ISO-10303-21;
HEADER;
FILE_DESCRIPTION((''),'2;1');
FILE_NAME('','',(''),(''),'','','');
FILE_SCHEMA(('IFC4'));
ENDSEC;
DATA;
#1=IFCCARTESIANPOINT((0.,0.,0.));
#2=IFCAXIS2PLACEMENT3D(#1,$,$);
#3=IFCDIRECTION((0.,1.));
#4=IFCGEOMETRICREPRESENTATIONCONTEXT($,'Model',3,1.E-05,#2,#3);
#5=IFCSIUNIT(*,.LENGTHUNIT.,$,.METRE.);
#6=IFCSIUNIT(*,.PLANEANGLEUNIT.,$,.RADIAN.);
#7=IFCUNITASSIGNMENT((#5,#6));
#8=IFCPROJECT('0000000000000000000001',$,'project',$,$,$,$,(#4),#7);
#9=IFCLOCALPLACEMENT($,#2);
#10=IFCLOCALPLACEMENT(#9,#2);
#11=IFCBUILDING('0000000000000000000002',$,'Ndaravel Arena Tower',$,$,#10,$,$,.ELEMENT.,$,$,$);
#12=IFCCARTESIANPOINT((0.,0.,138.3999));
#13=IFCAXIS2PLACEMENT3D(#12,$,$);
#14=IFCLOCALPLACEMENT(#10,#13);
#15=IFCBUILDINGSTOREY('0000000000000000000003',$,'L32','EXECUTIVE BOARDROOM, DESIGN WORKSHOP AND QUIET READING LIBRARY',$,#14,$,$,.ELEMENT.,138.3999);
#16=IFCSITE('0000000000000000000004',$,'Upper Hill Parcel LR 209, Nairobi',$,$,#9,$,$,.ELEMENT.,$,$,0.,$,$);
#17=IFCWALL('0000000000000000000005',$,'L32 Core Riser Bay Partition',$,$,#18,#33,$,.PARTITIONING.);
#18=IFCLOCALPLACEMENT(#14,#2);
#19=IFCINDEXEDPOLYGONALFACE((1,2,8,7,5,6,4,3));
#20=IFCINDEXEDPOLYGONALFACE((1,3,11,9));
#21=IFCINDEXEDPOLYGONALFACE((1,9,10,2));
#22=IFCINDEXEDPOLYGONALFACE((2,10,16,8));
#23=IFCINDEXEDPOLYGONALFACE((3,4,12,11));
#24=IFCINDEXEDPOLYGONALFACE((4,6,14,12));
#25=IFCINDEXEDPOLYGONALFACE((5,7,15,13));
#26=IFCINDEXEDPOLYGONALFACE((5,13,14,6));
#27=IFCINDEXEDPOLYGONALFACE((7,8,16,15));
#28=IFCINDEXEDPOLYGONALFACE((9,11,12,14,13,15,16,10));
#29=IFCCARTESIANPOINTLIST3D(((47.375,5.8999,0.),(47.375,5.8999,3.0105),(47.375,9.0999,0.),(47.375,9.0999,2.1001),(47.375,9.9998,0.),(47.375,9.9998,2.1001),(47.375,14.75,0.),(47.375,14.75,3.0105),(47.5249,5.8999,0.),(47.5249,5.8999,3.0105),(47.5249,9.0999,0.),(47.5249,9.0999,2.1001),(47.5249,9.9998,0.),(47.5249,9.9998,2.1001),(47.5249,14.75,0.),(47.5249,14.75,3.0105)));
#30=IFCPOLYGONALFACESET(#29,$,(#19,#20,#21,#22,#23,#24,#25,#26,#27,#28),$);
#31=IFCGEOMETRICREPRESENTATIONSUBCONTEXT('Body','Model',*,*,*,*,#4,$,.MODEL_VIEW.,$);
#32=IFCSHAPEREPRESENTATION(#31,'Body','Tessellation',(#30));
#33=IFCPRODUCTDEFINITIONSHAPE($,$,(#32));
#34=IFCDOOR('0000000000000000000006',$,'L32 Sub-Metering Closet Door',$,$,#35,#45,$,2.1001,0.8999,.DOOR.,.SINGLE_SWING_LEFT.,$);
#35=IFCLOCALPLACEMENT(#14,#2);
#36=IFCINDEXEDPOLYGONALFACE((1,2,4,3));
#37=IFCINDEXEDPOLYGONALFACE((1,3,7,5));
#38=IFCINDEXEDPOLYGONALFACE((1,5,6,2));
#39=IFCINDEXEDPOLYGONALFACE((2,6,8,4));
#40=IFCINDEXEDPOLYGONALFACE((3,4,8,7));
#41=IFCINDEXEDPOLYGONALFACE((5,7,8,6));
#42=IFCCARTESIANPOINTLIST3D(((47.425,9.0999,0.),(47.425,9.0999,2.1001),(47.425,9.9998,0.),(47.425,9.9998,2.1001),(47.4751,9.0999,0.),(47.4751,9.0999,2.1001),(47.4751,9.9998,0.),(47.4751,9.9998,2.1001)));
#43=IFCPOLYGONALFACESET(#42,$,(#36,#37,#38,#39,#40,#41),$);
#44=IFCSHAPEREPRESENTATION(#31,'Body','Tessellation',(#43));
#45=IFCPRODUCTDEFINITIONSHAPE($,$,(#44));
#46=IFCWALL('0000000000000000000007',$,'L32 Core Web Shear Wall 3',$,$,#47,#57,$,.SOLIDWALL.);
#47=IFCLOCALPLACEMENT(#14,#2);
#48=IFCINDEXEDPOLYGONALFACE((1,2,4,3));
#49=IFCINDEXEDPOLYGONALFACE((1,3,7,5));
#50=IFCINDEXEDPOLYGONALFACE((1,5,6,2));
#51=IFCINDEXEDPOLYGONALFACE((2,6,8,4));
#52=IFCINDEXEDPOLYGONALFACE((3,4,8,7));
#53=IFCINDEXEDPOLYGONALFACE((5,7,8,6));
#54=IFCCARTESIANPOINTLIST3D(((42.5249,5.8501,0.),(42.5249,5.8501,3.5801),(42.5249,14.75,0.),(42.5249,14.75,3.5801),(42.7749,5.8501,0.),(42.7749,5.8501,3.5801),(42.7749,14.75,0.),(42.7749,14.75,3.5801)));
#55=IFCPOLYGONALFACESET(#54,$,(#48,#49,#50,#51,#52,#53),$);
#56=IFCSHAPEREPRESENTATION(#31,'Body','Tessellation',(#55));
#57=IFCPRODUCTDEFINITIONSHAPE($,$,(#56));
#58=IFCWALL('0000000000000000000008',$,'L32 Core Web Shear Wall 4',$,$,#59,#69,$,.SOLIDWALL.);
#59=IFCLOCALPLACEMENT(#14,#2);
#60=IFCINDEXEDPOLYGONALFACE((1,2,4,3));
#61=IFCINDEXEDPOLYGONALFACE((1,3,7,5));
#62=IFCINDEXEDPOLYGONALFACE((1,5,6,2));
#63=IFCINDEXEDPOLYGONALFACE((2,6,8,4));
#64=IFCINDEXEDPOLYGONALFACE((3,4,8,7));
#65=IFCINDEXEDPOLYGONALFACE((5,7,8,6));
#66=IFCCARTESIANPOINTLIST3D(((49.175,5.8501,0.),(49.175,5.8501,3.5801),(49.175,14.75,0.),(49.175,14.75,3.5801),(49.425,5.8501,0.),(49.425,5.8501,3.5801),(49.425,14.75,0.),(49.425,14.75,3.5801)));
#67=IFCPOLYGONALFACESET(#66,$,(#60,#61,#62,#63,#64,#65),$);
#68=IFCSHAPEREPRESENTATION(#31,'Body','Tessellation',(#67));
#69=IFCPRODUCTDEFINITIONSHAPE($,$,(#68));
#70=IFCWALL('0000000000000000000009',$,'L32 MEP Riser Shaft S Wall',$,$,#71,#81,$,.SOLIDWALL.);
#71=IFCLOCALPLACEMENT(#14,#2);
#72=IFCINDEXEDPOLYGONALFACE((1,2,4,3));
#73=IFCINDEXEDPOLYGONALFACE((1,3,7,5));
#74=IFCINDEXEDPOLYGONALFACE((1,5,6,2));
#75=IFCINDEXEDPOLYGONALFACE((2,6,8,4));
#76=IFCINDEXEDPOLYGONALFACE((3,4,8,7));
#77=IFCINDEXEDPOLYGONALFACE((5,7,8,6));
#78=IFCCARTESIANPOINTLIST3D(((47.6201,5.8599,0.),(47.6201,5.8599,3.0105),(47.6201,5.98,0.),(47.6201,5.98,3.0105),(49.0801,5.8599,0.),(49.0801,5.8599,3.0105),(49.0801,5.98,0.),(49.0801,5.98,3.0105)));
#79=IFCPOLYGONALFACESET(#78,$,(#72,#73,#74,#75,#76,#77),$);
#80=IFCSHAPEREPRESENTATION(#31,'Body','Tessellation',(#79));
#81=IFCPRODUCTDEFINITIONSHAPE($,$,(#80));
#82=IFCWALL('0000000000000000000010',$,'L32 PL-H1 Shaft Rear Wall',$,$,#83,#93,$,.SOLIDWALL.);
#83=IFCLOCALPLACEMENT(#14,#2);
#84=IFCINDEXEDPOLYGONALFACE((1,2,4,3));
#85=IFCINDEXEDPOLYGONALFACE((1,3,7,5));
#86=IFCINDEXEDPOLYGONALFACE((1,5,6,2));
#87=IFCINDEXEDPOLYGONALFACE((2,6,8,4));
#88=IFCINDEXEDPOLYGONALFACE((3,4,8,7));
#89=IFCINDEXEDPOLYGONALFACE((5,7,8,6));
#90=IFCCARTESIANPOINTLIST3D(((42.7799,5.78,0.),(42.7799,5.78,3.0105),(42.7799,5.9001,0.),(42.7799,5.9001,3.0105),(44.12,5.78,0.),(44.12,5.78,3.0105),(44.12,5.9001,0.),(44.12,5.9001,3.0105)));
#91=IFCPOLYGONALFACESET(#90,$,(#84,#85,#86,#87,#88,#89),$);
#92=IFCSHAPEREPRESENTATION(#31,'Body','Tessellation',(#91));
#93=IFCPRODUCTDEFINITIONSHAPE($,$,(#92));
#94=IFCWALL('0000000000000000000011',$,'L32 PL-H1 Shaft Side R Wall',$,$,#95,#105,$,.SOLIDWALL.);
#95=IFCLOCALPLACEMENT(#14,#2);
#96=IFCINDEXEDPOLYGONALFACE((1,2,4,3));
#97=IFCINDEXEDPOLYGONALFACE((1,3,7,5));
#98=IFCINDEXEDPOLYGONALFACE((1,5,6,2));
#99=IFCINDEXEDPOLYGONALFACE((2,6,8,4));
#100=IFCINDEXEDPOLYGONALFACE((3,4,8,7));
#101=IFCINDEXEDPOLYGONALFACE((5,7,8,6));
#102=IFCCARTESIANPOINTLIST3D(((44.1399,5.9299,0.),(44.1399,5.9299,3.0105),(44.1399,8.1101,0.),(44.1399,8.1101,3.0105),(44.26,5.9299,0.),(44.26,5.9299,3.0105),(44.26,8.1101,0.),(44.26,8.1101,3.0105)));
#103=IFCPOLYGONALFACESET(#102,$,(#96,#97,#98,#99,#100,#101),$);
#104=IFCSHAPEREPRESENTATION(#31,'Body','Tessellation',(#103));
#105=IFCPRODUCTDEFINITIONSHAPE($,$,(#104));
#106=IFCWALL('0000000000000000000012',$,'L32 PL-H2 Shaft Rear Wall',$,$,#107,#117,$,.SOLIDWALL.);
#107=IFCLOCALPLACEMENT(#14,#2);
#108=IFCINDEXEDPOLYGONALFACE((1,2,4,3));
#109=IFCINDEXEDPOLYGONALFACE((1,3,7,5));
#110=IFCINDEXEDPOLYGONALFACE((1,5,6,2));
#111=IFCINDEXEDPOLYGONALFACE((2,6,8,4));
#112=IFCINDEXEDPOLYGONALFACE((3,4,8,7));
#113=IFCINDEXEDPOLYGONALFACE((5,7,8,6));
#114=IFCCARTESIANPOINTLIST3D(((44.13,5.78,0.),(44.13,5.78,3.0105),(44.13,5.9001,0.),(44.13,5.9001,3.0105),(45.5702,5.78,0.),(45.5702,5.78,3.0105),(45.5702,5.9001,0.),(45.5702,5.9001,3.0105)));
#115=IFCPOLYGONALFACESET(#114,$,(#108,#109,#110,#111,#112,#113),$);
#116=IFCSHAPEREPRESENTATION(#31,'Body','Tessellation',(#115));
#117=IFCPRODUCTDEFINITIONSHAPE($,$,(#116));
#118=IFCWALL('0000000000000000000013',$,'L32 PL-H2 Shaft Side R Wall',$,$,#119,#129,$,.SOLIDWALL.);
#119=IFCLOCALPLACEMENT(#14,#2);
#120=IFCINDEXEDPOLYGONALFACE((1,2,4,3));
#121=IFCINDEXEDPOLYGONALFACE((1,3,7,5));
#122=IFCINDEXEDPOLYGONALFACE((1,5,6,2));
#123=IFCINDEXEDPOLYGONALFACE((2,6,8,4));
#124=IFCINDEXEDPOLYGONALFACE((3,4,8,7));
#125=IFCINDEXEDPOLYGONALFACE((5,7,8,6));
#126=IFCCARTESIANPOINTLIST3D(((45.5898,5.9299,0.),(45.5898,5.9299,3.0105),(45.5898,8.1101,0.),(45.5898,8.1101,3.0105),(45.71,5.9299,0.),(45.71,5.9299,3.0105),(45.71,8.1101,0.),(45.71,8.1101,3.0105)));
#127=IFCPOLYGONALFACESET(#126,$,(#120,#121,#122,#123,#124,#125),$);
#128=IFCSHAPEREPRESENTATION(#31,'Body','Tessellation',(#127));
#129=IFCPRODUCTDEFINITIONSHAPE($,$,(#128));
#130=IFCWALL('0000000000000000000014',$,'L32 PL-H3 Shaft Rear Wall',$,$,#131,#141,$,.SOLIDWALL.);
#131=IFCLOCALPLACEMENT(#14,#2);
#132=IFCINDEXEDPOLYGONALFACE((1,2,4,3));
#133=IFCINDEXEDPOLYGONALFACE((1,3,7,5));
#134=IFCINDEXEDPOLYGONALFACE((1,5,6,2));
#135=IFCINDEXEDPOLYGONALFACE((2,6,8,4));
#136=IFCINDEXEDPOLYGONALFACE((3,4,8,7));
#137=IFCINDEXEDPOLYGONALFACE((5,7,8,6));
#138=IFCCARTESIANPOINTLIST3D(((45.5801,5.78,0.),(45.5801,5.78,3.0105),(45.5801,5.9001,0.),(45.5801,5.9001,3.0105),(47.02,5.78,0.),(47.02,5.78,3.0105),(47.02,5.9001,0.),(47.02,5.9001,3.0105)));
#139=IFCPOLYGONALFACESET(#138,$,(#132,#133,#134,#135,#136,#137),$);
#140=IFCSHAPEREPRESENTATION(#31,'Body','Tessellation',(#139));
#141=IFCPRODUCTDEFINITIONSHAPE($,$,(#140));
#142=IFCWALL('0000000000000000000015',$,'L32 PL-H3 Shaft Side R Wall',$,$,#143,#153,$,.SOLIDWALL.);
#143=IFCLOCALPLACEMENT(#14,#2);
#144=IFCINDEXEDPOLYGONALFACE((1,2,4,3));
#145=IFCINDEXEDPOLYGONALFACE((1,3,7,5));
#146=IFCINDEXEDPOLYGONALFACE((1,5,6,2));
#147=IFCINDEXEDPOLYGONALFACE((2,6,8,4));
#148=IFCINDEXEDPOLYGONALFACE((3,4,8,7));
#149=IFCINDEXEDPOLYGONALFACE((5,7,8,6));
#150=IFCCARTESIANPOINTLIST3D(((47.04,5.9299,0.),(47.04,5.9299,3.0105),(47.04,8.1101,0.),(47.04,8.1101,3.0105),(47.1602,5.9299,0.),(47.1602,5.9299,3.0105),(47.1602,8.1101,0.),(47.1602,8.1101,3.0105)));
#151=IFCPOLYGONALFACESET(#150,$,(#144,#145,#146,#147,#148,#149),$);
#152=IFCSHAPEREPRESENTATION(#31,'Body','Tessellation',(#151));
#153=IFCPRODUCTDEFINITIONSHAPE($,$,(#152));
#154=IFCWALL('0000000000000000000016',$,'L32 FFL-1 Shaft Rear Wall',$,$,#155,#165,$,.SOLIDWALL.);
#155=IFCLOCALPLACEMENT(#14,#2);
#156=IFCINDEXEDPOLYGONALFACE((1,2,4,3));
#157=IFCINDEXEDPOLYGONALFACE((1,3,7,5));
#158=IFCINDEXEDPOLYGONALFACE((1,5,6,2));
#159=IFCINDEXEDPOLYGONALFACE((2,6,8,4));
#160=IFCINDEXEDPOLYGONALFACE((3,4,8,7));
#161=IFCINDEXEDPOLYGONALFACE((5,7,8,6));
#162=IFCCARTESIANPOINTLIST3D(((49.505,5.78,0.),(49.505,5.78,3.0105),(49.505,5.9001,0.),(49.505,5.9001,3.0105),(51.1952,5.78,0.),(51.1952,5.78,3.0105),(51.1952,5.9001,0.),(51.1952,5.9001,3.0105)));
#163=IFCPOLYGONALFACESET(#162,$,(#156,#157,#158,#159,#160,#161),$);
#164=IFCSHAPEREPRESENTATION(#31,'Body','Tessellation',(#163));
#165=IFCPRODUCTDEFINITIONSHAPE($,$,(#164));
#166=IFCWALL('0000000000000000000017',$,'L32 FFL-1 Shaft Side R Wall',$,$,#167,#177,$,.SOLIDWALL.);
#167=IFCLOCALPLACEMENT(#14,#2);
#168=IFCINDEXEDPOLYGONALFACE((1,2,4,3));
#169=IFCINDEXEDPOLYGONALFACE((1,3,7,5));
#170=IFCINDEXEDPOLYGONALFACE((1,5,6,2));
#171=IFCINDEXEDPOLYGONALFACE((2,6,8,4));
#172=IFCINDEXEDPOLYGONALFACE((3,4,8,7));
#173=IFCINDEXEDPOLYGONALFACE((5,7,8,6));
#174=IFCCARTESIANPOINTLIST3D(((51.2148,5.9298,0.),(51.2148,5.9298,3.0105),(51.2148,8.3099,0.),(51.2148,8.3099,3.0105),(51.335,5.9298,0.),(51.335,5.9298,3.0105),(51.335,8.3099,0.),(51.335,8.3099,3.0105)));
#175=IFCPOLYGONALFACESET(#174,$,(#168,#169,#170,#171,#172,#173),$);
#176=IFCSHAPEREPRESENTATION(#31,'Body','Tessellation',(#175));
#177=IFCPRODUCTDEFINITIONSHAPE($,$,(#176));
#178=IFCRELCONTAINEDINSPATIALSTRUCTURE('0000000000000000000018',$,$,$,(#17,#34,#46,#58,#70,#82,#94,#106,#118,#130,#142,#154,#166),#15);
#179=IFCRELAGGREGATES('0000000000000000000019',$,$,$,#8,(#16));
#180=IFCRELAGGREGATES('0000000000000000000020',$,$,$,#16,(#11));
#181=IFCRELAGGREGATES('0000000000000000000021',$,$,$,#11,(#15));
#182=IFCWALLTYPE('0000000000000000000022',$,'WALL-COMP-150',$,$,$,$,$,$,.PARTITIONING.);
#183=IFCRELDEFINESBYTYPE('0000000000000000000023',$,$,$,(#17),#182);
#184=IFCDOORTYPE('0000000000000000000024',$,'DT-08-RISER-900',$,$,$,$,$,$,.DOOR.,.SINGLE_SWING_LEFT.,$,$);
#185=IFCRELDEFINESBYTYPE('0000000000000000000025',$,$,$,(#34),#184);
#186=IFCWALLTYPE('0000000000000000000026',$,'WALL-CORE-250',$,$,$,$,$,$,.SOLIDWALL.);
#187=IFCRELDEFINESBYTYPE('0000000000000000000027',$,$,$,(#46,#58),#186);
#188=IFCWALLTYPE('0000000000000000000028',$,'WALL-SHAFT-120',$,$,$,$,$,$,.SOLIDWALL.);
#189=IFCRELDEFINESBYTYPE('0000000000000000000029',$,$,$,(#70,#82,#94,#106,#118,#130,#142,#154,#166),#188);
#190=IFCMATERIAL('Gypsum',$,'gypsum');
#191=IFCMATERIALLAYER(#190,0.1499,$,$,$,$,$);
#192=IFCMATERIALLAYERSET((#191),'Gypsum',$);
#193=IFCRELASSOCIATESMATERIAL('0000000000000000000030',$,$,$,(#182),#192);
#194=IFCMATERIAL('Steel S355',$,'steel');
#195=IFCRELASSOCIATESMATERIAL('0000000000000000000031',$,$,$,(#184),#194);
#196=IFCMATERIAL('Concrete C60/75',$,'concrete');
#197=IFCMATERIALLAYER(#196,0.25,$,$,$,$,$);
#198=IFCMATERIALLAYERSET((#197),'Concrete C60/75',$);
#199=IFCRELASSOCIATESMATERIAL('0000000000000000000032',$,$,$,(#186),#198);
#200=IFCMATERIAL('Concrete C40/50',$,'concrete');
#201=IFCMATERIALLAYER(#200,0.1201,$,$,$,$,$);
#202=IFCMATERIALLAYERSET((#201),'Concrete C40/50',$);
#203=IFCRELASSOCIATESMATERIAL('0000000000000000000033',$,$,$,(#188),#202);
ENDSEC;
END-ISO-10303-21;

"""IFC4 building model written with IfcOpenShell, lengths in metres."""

from ifc_helpers import new_model, si_unit, direction, frame, frame_2d, origin, place, context, subcontext, project, spatial, rectangle, extrude, material, layer, layer_set, type_object, element, fill, save


model = new_model("IFC4")

# Units and contexts
model_context = context("Model", 3, precision=1e-05, world=origin(), true_north=direction((0.0, 1.0)))
body_context = subcontext(model_context, "Body", "Model", "MODEL_VIEW")
ifc_project = project(units=[si_unit("LENGTHUNIT", "METRE"), si_unit("PLANEANGLEUNIT", "RADIAN")], contexts=[model_context])

# Site, building, storey
site_placement = place(None, origin())
site = spatial("IfcSite", under=ifc_project, at=site_placement, Name="Upper Hill Parcel LR 209, Nairobi", CompositionType="ELEMENT", RefElevation=0.0)
building_placement = place(site_placement, origin())
building = spatial("IfcBuilding", under=site, at=building_placement, Name="Ndaravel Arena Tower", CompositionType="ELEMENT")
storey_placement = place(building_placement, frame((0.0, 0.0, 138.3999)))
storey = spatial("IfcBuildingStorey", under=building, at=storey_placement, Name="L32", Description="EXECUTIVE BOARDROOM, DESIGN WORKSHOP AND QUIET READING LIBRARY", CompositionType="ELEMENT", Elevation=138.3999)

# Wall, opening, door
ifc_material_1 = material(Name="Gypsum", Category="gypsum")
ifc_layer_1 = layer(ifc_material_1, 0.1499)
ifc_layer_set_1 = layer_set([ifc_layer_1], Name="Gypsum")
wall_type_1 = type_object("IfcWallType", Name="WALL-COMP-150", PredefinedType="PARTITIONING", material=ifc_layer_set_1)
wall_1_placement = place(storey_placement, frame((47.45, 5.8999, 0.0), z_axis=(0.0, 0.0, 1.0), x_axis=(0.0, 1.0, 0.0)))
wall_1 = element("IfcWall", 1, at=wall_1_placement, inside=storey, type_object=wall_type_1, Name="L32 Core Riser Bay Partition", PredefinedType="PARTITIONING", context=body_context, shape_type="SweptSolid", body=[
    extrude(rectangle(XDim=8.8501, YDim=0.1499, at=frame_2d((4.425, 0.0))), origin(), (0.0, 0.0, 1.0), 3.0105),
])
opening_placement = place(wall_1_placement, frame((3.2, 0.0, 0.0)))
opening = element("IfcOpeningElement", 2, at=opening_placement, cuts=wall_1, PredefinedType="OPENING", context=body_context, shape_type="SweptSolid", body=[
    extrude(rectangle(XDim=0.8999, YDim=2.1001, at=frame_2d((0.45, 1.05))), frame((0.0, 0.075, 0.0), z_axis=(0.0, -1.0, 0.0), x_axis=(1.0, 0.0, 0.0)), (0.0, 0.0, 1.0), 0.1499),
])
ifc_material_2 = material(Name="Steel S355", Category="steel")
door_type = type_object("IfcDoorType", Name="DT-08-RISER-900", OperationType="SINGLE_SWING_LEFT", PredefinedType="DOOR", material=ifc_material_2)
door_placement = place(opening_placement, origin())
door = element("IfcDoor", 3, at=door_placement, inside=storey, type_object=door_type, Name="L32 Sub-Metering Closet Door", OperationType="SINGLE_SWING_LEFT", OverallHeight=2.1001, OverallWidth=0.8999, PredefinedType="DOOR", context=body_context, shape_type="SweptSolid", body=[
    extrude(rectangle(XDim=0.8999, YDim=2.1001, at=frame_2d((0.45, 1.05))), frame((0.0, 0.0249, 0.0), z_axis=(0.0, -1.0, 0.0), x_axis=(1.0, 0.0, 0.0)), (0.0, 0.0, 1.0), 0.05),
])
fill(opening, door)

# Walls
ifc_material_3 = material(Name="Concrete C60/75", Category="concrete")
ifc_layer_2 = layer(ifc_material_3, 0.25)
ifc_layer_set_2 = layer_set([ifc_layer_2], Name="Concrete C60/75")
wall_type_2 = type_object("IfcWallType", Name="WALL-CORE-250", PredefinedType="SOLIDWALL", material=ifc_layer_set_2)
for number, where, z_axis, x_axis, name in (
    (4, (42.6499, 5.8501, 0.0), (0.0, 0.0, 1.0), (0.0, 1.0, 0.0), "L32 Core Web Shear Wall 3"),
    (5, (49.3, 5.8501, 0.0), (0.0, 0.0, 1.0), (0.0, 1.0, 0.0), "L32 Core Web Shear Wall 4"),
):
    element("IfcWall", number, at=place(storey_placement, frame(where, z_axis=z_axis, x_axis=x_axis)), inside=storey, type_object=wall_type_2, Name=name, PredefinedType="SOLIDWALL", context=body_context, shape_type="SweptSolid", body=[
        extrude(rectangle(XDim=8.8999, YDim=0.25, at=frame_2d((4.45, 0.0))), origin(), (0.0, 0.0, 1.0), 3.5801),
    ])
ifc_material_4 = material(Name="Concrete C40/50", Category="concrete")
ifc_layer_3 = layer(ifc_material_4, 0.1201)
ifc_layer_set_3 = layer_set([ifc_layer_3], Name="Concrete C40/50")
wall_type_3 = type_object("IfcWallType", Name="WALL-SHAFT-120", PredefinedType="SOLIDWALL", material=ifc_layer_set_3)
wall_2_placement = place(storey_placement, frame((47.6201, 5.9199, 0.0), z_axis=(0.0, 0.0, 1.0), x_axis=(1.0, 0.0, 0.0)))
element("IfcWall", 6, at=wall_2_placement, inside=storey, type_object=wall_type_3, Name="L32 MEP Riser Shaft S Wall", PredefinedType="SOLIDWALL", context=body_context, shape_type="SweptSolid", body=[
    extrude(rectangle(XDim=1.46, YDim=0.1201, at=frame_2d((0.73, 0.0))), origin(), (0.0, 0.0, 1.0), 3.0105),
])
wall_3_placement = place(storey_placement, frame((42.78, 5.8401, 0.0), z_axis=(0.0, 0.0, 1.0), x_axis=(1.0, 0.0, 0.0)))
element("IfcWall", 7, at=wall_3_placement, inside=storey, type_object=wall_type_3, Name="L32 PL-H1 Shaft Rear Wall", PredefinedType="SOLIDWALL", context=body_context, shape_type="SweptSolid", body=[
    extrude(rectangle(XDim=1.3401, YDim=0.1201, at=frame_2d((0.6699, 0.0))), origin(), (0.0, 0.0, 1.0), 3.0105),
])
wall_4_placement = place(storey_placement, frame((44.2, 5.9299, 0.0), z_axis=(0.0, 0.0, 1.0), x_axis=(0.0, 1.0, 0.0)))
element("IfcWall", 8, at=wall_4_placement, inside=storey, type_object=wall_type_3, Name="L32 PL-H1 Shaft Side R Wall", PredefinedType="SOLIDWALL", context=body_context, shape_type="SweptSolid", body=[
    extrude(rectangle(XDim=2.1802, YDim=0.1201, at=frame_2d((1.0901, 0.0))), origin(), (0.0, 0.0, 1.0), 3.0105),
])
wall_5_placement = place(storey_placement, frame((44.1299, 5.8401, 0.0), z_axis=(0.0, 0.0, 1.0), x_axis=(1.0, 0.0, 0.0)))
element("IfcWall", 9, at=wall_5_placement, inside=storey, type_object=wall_type_3, Name="L32 PL-H2 Shaft Rear Wall", PredefinedType="SOLIDWALL", context=body_context, shape_type="SweptSolid", body=[
    extrude(rectangle(XDim=1.4402, YDim=0.1201, at=frame_2d((0.7202, 0.0))), origin(), (0.0, 0.0, 1.0), 3.0105),
])
wall_6_placement = place(storey_placement, frame((45.6499, 5.9299, 0.0), z_axis=(0.0, 0.0, 1.0), x_axis=(0.0, 1.0, 0.0)))
element("IfcWall", 10, at=wall_6_placement, inside=storey, type_object=wall_type_3, Name="L32 PL-H2 Shaft Side R Wall", PredefinedType="SOLIDWALL", context=body_context, shape_type="SweptSolid", body=[
    extrude(rectangle(XDim=2.1802, YDim=0.1201, at=frame_2d((1.0901, 0.0))), origin(), (0.0, 0.0, 1.0), 3.0105),
])
wall_7_placement = place(storey_placement, frame((45.5801, 5.8401, 0.0), z_axis=(0.0, 0.0, 1.0), x_axis=(1.0, 0.0, 0.0)))
element("IfcWall", 11, at=wall_7_placement, inside=storey, type_object=wall_type_3, Name="L32 PL-H3 Shaft Rear Wall", PredefinedType="SOLIDWALL", context=body_context, shape_type="SweptSolid", body=[
    extrude(rectangle(XDim=1.4399, YDim=0.1201, at=frame_2d((0.72, 0.0))), origin(), (0.0, 0.0, 1.0), 3.0105),
])
wall_8_placement = place(storey_placement, frame((47.1001, 5.9299, 0.0), z_axis=(0.0, 0.0, 1.0), x_axis=(0.0, 1.0, 0.0)))
element("IfcWall", 12, at=wall_8_placement, inside=storey, type_object=wall_type_3, Name="L32 PL-H3 Shaft Side R Wall", PredefinedType="SOLIDWALL", context=body_context, shape_type="SweptSolid", body=[
    extrude(rectangle(XDim=2.1802, YDim=0.1201, at=frame_2d((1.0901, 0.0))), origin(), (0.0, 0.0, 1.0), 3.0105),
])
wall_9_placement = place(storey_placement, frame((49.5049, 5.8401, 0.0), z_axis=(0.0, 0.0, 1.0), x_axis=(1.0, 0.0, 0.0)))
element("IfcWall", 13, at=wall_9_placement, inside=storey, type_object=wall_type_3, Name="L32 FFL-1 Shaft Rear Wall", PredefinedType="SOLIDWALL", context=body_context, shape_type="SweptSolid", body=[
    extrude(rectangle(XDim=1.6902, YDim=0.1201, at=frame_2d((0.8452, 0.0))), origin(), (0.0, 0.0, 1.0), 3.0105),
])
wall_10_placement = place(storey_placement, frame((51.2749, 5.9299, 0.0), z_axis=(0.0, 0.0, 1.0), x_axis=(0.0, 1.0, 0.0)))
element("IfcWall", 14, at=wall_10_placement, inside=storey, type_object=wall_type_3, Name="L32 FFL-1 Shaft Side R Wall", PredefinedType="SOLIDWALL", context=body_context, shape_type="SweptSolid", body=[
    extrude(rectangle(XDim=2.3801, YDim=0.1201, at=frame_2d((1.1899, 0.0))), origin(), (0.0, 0.0, 1.0), 3.0105),
])

save(model, "model.ifc")
